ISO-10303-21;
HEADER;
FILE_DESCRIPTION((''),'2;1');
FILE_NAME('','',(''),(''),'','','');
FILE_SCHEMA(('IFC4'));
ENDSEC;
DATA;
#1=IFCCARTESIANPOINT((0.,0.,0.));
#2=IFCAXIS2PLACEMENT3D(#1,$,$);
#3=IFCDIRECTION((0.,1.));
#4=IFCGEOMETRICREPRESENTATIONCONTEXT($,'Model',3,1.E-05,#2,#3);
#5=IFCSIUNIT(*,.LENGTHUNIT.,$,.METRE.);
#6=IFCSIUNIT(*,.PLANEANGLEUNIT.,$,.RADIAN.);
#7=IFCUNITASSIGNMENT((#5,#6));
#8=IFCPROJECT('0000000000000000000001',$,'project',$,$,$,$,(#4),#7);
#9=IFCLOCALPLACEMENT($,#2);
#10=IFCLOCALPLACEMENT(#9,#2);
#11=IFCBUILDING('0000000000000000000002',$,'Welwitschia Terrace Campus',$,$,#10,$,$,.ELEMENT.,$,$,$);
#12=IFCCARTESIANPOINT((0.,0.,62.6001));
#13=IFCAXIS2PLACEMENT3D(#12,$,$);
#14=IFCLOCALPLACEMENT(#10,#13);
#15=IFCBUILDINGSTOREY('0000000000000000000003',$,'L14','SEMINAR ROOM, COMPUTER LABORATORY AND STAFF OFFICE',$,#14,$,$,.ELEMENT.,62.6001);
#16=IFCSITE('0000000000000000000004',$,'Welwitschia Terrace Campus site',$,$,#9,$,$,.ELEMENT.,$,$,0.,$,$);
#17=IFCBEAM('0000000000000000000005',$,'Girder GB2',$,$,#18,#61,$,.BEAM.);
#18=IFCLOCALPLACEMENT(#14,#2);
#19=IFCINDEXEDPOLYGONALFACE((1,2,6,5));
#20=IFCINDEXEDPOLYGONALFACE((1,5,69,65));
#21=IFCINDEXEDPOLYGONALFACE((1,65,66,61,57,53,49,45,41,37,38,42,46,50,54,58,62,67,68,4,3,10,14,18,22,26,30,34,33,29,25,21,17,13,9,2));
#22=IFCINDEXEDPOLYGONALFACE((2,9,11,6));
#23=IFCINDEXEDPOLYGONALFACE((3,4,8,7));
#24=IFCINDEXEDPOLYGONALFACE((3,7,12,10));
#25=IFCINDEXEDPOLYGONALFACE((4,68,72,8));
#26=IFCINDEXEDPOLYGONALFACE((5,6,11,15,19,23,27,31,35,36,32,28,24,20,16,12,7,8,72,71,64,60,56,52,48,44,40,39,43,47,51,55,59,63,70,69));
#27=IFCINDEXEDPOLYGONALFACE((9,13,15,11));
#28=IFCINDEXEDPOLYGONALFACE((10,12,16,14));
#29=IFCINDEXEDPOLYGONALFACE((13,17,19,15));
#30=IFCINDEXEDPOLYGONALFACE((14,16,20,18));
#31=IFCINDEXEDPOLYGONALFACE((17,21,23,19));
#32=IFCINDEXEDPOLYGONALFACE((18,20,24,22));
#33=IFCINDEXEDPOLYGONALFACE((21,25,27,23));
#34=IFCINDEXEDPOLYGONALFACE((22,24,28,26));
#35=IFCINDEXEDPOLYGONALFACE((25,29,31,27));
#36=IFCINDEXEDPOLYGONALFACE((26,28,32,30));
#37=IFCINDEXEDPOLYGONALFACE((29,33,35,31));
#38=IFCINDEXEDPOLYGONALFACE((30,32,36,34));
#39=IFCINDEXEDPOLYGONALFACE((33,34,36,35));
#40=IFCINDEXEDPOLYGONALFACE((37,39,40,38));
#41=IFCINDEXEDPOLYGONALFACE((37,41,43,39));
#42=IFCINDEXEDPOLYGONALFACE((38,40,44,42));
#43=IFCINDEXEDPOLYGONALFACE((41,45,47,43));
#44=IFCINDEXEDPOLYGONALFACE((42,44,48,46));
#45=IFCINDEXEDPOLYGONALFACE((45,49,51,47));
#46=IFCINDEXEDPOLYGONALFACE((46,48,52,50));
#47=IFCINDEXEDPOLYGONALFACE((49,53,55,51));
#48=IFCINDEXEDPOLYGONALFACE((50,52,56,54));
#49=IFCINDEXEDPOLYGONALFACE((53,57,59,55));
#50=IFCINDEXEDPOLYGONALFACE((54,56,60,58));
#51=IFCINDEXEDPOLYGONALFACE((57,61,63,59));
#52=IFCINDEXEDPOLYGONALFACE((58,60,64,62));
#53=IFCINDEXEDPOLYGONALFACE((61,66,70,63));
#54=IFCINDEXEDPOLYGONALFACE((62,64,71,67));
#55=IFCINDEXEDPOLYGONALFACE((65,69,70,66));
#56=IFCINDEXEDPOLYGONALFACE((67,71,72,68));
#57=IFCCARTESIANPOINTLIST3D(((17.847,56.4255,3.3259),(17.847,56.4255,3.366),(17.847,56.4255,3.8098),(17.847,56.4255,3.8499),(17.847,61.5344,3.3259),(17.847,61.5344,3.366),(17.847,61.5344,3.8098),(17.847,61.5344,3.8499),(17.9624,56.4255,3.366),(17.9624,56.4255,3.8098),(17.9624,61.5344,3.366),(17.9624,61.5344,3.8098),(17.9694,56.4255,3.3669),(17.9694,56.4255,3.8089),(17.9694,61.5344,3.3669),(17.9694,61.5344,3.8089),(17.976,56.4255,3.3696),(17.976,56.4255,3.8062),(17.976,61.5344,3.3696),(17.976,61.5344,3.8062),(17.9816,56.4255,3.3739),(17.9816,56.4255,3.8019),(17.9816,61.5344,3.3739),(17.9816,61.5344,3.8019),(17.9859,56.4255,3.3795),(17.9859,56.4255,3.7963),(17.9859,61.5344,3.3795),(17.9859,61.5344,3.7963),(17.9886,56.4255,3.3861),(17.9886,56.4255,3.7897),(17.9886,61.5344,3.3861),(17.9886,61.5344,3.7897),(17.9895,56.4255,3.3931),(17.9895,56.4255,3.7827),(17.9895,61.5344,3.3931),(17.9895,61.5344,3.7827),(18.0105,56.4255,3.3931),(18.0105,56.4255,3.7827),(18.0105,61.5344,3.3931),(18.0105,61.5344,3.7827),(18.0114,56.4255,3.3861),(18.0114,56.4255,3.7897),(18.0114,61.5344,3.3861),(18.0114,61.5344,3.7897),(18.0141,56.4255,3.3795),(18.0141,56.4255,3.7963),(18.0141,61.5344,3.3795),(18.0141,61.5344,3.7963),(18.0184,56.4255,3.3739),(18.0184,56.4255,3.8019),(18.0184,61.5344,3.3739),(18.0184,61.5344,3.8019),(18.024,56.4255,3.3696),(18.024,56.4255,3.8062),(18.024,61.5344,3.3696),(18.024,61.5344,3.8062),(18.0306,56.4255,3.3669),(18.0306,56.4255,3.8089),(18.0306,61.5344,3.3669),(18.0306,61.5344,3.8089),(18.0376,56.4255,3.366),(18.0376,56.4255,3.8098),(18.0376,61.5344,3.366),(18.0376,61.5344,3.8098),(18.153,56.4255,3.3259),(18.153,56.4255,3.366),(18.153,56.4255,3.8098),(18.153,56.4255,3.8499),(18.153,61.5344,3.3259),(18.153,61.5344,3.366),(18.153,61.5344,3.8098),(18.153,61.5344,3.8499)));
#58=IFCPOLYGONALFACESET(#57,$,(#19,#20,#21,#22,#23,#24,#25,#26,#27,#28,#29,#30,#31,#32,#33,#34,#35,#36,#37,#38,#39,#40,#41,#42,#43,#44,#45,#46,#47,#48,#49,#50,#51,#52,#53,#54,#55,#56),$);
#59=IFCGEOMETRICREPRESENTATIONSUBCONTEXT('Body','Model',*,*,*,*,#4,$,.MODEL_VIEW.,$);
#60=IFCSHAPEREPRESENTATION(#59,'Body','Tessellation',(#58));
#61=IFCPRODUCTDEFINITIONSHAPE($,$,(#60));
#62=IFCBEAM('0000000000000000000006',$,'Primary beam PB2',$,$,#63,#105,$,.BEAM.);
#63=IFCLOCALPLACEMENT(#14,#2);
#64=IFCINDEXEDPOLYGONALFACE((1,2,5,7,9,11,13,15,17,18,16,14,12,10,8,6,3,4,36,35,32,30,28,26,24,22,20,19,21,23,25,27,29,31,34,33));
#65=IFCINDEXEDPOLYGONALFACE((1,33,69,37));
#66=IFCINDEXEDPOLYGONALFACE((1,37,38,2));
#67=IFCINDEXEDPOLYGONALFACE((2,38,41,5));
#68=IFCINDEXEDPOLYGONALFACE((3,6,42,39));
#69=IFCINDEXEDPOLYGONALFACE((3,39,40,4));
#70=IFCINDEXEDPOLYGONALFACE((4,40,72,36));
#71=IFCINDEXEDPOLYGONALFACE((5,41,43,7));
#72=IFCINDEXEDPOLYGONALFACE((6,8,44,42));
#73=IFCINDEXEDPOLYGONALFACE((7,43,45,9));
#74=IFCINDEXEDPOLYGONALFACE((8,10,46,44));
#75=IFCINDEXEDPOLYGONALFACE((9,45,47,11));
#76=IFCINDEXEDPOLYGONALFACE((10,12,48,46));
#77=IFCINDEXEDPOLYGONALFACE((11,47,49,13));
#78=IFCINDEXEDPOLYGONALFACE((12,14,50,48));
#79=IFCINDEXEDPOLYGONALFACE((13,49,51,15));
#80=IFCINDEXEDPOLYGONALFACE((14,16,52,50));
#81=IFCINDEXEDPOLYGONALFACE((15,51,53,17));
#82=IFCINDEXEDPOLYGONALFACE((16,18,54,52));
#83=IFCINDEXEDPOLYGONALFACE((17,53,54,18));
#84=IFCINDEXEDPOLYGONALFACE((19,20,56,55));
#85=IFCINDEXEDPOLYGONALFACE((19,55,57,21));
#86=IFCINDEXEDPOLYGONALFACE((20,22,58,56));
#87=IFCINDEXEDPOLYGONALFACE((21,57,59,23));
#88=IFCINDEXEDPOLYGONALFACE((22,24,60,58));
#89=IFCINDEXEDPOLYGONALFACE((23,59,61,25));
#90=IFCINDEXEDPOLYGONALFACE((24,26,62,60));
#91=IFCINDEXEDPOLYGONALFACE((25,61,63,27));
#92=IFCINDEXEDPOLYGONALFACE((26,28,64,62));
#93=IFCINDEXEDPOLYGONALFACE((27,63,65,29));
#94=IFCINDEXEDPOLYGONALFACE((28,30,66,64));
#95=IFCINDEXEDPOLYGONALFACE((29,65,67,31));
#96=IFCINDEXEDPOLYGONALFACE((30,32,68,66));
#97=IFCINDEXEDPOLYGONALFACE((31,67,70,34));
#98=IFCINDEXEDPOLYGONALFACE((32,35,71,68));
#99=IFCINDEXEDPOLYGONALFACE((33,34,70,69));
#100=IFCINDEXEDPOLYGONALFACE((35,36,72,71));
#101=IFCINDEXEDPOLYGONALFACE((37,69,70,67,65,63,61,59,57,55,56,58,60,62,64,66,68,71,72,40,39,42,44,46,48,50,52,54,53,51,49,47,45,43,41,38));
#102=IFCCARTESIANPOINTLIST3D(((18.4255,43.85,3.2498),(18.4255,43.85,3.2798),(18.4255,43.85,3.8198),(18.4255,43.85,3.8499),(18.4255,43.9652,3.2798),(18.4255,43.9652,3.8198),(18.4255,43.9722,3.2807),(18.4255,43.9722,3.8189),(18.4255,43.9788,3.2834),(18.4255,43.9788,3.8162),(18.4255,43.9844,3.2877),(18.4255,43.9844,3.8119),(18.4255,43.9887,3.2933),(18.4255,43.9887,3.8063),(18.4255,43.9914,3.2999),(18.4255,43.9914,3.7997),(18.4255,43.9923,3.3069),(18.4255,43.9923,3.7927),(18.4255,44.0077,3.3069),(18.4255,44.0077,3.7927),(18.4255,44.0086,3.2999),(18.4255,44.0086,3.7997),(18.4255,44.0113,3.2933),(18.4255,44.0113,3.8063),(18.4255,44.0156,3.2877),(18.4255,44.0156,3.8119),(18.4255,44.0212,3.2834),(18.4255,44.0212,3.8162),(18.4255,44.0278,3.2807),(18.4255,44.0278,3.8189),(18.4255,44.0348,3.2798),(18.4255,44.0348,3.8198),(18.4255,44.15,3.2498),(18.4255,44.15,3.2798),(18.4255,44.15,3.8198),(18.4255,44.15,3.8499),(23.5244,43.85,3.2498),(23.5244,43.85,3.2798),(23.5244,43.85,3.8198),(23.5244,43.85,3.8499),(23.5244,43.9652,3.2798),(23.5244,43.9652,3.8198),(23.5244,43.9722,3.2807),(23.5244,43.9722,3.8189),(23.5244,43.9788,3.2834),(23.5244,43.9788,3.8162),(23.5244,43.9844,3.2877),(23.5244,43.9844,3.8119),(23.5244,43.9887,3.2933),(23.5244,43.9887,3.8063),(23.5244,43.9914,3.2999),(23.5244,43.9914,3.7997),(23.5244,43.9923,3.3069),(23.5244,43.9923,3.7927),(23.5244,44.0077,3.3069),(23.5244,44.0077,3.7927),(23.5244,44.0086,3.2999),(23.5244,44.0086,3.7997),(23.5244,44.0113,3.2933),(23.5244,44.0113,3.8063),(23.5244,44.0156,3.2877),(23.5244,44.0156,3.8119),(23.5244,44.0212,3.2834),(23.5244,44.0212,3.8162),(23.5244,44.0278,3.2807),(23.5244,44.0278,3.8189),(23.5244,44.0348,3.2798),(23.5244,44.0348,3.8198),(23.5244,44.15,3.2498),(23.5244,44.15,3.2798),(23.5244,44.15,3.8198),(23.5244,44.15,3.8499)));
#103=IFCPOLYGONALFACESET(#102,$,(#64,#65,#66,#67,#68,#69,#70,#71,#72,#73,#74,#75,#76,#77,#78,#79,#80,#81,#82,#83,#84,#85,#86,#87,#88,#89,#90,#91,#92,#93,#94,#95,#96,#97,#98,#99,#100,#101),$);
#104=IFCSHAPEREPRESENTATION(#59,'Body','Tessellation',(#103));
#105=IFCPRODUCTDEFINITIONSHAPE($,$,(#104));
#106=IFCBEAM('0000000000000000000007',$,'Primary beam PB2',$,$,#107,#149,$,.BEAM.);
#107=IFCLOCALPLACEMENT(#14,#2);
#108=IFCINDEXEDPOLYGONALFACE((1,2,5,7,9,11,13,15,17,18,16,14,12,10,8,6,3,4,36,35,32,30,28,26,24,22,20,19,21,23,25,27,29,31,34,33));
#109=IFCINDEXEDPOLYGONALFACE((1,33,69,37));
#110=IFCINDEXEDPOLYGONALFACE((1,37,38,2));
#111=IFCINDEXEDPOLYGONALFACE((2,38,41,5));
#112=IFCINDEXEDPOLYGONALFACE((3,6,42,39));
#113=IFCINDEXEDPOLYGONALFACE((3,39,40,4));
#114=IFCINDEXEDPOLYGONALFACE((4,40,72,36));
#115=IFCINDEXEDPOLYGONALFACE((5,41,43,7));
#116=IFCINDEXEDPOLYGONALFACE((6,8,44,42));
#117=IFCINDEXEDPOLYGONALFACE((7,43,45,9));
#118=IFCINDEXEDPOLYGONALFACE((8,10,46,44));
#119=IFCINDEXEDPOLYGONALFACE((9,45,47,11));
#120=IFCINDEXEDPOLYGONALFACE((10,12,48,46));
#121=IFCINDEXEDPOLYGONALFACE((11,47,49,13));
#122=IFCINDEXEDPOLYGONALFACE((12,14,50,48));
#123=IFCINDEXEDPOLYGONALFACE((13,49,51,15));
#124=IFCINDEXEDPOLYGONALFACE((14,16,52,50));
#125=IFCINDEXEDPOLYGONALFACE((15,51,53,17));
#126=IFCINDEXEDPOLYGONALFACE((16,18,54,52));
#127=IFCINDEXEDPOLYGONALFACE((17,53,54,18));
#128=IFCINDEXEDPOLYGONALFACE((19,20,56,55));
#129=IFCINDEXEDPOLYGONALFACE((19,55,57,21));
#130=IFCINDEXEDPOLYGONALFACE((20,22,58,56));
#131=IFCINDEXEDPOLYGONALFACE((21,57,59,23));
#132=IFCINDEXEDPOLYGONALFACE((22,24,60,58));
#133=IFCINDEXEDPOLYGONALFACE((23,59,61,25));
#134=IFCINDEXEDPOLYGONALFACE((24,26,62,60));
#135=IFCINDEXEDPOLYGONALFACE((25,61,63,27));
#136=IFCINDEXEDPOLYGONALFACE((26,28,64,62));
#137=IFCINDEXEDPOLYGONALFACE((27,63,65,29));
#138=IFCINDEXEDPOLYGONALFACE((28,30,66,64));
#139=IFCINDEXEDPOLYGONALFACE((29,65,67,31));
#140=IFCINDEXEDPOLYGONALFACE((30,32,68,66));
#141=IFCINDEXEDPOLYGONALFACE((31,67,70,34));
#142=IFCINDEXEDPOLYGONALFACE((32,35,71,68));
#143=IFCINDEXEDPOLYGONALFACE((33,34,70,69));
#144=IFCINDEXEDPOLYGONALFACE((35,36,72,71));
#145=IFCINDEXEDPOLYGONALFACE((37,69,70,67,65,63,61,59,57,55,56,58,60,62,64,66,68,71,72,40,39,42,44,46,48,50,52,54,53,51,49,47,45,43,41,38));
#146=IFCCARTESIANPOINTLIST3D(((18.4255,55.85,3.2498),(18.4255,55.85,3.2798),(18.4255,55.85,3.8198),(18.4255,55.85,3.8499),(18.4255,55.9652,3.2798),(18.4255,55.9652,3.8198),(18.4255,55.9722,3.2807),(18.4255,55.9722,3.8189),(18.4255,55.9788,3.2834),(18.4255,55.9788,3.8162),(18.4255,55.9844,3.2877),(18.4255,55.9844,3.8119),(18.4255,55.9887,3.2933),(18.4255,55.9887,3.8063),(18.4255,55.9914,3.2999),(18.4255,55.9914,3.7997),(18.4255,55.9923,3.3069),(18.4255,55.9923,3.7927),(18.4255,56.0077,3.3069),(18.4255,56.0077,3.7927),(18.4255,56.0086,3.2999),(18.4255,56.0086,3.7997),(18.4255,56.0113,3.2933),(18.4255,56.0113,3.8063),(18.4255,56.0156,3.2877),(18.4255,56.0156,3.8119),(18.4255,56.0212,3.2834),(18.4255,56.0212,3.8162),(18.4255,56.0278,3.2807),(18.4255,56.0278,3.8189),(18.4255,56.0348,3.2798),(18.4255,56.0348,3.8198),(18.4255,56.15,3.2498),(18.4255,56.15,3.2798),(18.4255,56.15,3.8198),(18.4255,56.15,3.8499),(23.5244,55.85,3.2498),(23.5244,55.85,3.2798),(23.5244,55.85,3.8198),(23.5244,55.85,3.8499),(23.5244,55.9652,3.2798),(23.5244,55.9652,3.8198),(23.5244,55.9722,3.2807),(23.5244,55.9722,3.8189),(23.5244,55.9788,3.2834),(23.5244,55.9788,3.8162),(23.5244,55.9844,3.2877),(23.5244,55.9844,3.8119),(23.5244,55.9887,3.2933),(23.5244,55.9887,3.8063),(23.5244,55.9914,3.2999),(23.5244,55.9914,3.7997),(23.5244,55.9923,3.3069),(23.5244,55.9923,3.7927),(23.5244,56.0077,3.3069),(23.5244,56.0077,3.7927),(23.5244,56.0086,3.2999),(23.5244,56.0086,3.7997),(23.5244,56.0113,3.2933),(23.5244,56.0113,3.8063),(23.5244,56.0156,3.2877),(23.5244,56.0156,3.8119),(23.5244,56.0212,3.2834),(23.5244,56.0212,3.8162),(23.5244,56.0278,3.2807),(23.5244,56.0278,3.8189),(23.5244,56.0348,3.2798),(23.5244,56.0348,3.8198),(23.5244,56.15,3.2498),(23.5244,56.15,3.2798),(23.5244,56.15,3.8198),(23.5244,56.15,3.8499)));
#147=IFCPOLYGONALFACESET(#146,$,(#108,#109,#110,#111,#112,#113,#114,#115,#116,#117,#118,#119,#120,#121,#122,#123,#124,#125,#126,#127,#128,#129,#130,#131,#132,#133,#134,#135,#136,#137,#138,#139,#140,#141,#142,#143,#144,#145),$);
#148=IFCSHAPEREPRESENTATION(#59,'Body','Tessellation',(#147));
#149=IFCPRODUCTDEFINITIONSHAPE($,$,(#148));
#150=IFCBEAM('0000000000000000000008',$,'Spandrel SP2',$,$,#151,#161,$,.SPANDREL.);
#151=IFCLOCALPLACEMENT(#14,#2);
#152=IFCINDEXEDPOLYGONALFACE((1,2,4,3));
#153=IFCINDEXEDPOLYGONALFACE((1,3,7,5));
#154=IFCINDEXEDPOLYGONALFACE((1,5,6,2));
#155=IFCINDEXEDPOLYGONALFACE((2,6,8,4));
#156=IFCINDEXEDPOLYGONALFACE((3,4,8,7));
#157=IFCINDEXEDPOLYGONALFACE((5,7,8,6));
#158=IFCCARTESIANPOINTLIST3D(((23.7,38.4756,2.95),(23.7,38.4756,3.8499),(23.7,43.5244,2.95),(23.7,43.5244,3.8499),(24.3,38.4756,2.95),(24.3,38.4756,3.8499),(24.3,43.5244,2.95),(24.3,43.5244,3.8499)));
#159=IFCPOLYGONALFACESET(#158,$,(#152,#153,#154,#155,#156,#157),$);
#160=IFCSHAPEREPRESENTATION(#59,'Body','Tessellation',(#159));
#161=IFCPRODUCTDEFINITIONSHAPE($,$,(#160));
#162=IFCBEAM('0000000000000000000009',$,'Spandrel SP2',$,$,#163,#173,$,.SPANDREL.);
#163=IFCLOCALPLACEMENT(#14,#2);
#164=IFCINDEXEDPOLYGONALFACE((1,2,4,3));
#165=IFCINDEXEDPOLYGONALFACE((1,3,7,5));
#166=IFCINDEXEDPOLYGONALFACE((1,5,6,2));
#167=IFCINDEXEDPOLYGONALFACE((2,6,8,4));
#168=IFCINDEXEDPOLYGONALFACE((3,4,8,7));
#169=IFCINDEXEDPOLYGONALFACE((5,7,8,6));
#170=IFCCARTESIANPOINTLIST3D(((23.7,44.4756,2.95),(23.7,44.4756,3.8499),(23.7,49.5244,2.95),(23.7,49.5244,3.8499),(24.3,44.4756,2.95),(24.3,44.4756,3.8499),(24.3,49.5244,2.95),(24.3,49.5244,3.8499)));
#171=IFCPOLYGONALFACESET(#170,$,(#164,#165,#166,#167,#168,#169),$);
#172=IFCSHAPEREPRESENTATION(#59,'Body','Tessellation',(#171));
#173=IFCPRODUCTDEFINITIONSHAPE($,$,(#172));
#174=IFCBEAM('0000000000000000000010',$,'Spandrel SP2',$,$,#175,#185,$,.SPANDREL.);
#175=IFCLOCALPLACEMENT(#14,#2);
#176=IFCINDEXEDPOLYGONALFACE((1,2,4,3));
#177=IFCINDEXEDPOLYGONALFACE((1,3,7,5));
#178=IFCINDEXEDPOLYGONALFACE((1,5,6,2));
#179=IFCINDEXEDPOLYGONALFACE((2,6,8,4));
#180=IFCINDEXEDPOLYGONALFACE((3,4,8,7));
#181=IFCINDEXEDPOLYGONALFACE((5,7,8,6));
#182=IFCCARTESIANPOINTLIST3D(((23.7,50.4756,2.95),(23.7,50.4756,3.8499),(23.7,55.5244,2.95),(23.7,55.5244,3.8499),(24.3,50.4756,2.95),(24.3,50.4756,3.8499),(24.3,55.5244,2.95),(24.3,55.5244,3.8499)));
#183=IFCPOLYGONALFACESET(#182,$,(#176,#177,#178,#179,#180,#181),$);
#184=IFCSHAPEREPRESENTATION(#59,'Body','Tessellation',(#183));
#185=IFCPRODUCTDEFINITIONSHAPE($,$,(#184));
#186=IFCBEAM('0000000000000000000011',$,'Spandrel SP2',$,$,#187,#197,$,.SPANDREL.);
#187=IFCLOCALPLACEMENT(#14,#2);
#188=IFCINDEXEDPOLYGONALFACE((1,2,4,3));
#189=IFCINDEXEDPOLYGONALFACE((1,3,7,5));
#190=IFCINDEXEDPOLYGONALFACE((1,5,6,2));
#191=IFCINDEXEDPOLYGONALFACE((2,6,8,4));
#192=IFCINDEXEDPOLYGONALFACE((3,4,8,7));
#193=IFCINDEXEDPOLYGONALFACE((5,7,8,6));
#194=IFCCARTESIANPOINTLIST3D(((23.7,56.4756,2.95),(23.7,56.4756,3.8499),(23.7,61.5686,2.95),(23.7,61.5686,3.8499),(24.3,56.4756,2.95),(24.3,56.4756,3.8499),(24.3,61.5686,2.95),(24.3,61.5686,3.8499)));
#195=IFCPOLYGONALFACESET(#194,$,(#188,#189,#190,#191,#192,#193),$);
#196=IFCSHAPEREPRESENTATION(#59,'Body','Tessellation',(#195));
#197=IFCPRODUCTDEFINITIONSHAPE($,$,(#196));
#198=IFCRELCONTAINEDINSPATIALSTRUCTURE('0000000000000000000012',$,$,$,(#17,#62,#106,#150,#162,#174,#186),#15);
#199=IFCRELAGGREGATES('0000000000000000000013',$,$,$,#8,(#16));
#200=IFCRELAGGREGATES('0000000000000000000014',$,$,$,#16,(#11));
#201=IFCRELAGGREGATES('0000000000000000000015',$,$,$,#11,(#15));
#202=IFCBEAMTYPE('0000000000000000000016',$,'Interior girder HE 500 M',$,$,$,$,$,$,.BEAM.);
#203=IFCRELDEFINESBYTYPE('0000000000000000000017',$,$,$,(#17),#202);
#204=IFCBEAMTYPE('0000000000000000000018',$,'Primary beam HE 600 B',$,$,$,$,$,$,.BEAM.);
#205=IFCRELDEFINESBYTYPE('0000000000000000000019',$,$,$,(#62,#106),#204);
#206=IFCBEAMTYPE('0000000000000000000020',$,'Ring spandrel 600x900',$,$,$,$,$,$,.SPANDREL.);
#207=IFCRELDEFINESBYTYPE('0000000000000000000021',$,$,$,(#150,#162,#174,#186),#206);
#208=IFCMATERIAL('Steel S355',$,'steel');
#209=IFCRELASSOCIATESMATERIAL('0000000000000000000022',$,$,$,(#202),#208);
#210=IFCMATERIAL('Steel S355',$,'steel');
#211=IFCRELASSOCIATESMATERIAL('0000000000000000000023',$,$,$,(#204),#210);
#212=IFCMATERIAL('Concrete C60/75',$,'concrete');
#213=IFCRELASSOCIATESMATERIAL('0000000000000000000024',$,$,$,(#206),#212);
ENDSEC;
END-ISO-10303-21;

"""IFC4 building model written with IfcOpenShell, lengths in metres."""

from ifc_helpers import new_model, si_unit, direction, frame, origin, origin_2d, place, context, subcontext, project, spatial, rectangle, i_section, extrude, material, material_profile, profile_set, type_object, element, save


model = new_model("IFC4")

# Units and contexts
model_context = context("Model", 3, precision=1e-05, world=origin(), true_north=direction((0.0, 1.0)))
body_context = subcontext(model_context, "Body", "Model", "MODEL_VIEW")
ifc_project = project(units=[si_unit("LENGTHUNIT", "METRE"), si_unit("PLANEANGLEUNIT", "RADIAN")], contexts=[model_context])

# Site, building, storey
site_placement = place(None, origin())
site = spatial("IfcSite", under=ifc_project, at=site_placement, Name="Welwitschia Terrace Campus site", CompositionType="ELEMENT", RefElevation=0.0)
building_placement = place(site_placement, origin())
building = spatial("IfcBuilding", under=site, at=building_placement, Name="Welwitschia Terrace Campus", CompositionType="ELEMENT")
storey_placement = place(building_placement, frame((0.0, 0.0, 62.6001)))
storey = spatial("IfcBuildingStorey", under=building, at=storey_placement, Name="L14", Description="SEMINAR ROOM, COMPUTER LABORATORY AND STAFF OFFICE", CompositionType="ELEMENT", Elevation=62.6001)

# Beams
ifc_material_1 = material(Name="Steel S355", Category="steel")
ifc_material_profile_1 = material_profile(ifc_material_1, i_section(OverallWidth=0.3059, OverallDepth=0.5239, WebThickness=0.021, FlangeThickness=0.04, FilletRadius=0.0271, at=origin_2d()))
ifc_profile_set_1 = profile_set([ifc_material_profile_1], Name="Steel S355")
beam_type_1 = type_object("IfcBeamType", Name="Interior girder HE 500 M", PredefinedType="BEAM", material=ifc_profile_set_1)
beam_1_placement = place(storey_placement, frame((18.0, 56.4255, 3.5879), z_axis=(0.0, 1.0, 0.0), x_axis=(-1.0, 0.0, 0.0)))
element("IfcBeam", 1, at=beam_1_placement, inside=storey, type_object=beam_type_1, Name="Girder GB2", PredefinedType="BEAM", context=body_context, shape_type="SweptSolid", body=[
    extrude(i_section(OverallWidth=0.3059, OverallDepth=0.5239, WebThickness=0.021, FlangeThickness=0.04, FilletRadius=0.0271, at=origin_2d()), origin(), (0.0, 0.0, 1.0), 5.1089),
])
ifc_material_2 = material(Name="Steel S355", Category="steel")
ifc_material_profile_2 = material_profile(ifc_material_2, i_section(OverallWidth=0.3, OverallDepth=0.6001, WebThickness=0.0154, FlangeThickness=0.03, FilletRadius=0.0271, at=origin_2d()))
ifc_profile_set_2 = profile_set([ifc_material_profile_2], Name="Steel S355")
beam_type_2 = type_object("IfcBeamType", Name="Primary beam HE 600 B", PredefinedType="BEAM", material=ifc_profile_set_2)
for number, where, z_axis, x_axis, name in (
    (2, (23.5244, 44.0, 3.5498), (-1.0, 0.0, 0.0), (0.0, -1.0, 0.0), "Primary beam PB2"),
    (3, (23.5244, 56.0, 3.5498), (-1.0, 0.0, 0.0), (0.0, -1.0, 0.0), "Primary beam PB2"),
):
    element("IfcBeam", number, at=place(storey_placement, frame(where, z_axis=z_axis, x_axis=x_axis)), inside=storey, type_object=beam_type_2, Name=name, PredefinedType="BEAM", context=body_context, shape_type="SweptSolid", body=[
        extrude(i_section(OverallWidth=0.3, OverallDepth=0.6001, WebThickness=0.0154, FlangeThickness=0.03, FilletRadius=0.0271, at=origin_2d()), origin(), (0.0, 0.0, 1.0), 5.0989),
    ])
ifc_material_3 = material(Name="Concrete C60/75", Category="concrete")
ifc_material_profile_3 = material_profile(ifc_material_3, rectangle(XDim=0.6001, YDim=0.8999, at=origin_2d()))
ifc_profile_set_3 = profile_set([ifc_material_profile_3], Name="Concrete C60/75")
beam_type_3 = type_object("IfcBeamType", Name="Ring spandrel 600x900", PredefinedType="SPANDREL", material=ifc_profile_set_3)
for number, where, z_axis, x_axis, name in (
    (4, (24.0, 38.4756, 3.3999), (0.0, 1.0, 0.0), (-1.0, 0.0, 0.0), "Spandrel SP2"),
    (5, (24.0, 44.4756, 3.3999), (0.0, 1.0, 0.0), (-1.0, 0.0, 0.0), "Spandrel SP2"),
    (6, (24.0, 50.4756, 3.3999), (0.0, 1.0, 0.0), (-1.0, 0.0, 0.0), "Spandrel SP2"),
):
    element("IfcBeam", number, at=place(storey_placement, frame(where, z_axis=z_axis, x_axis=x_axis)), inside=storey, type_object=beam_type_3, Name=name, PredefinedType="SPANDREL", context=body_context, shape_type="SweptSolid", body=[
        extrude(rectangle(XDim=0.6001, YDim=0.8999, at=origin_2d()), origin(), (0.0, 0.0, 1.0), 5.0488),
    ])
for number, where, z_axis, x_axis, name in (
    (7, (24.0, 56.4756, 3.3999), (0.0, 1.0, 0.0), (-1.0, 0.0, 0.0), "Spandrel SP2"),
):
    element("IfcBeam", number, at=place(storey_placement, frame(where, z_axis=z_axis, x_axis=x_axis)), inside=storey, type_object=beam_type_3, Name=name, PredefinedType="SPANDREL", context=body_context, shape_type="SweptSolid", body=[
        extrude(rectangle(XDim=0.6001, YDim=0.8999, at=origin_2d()), origin(), (0.0, 0.0, 1.0), 5.093),
    ])

save(model, "model.ifc")
